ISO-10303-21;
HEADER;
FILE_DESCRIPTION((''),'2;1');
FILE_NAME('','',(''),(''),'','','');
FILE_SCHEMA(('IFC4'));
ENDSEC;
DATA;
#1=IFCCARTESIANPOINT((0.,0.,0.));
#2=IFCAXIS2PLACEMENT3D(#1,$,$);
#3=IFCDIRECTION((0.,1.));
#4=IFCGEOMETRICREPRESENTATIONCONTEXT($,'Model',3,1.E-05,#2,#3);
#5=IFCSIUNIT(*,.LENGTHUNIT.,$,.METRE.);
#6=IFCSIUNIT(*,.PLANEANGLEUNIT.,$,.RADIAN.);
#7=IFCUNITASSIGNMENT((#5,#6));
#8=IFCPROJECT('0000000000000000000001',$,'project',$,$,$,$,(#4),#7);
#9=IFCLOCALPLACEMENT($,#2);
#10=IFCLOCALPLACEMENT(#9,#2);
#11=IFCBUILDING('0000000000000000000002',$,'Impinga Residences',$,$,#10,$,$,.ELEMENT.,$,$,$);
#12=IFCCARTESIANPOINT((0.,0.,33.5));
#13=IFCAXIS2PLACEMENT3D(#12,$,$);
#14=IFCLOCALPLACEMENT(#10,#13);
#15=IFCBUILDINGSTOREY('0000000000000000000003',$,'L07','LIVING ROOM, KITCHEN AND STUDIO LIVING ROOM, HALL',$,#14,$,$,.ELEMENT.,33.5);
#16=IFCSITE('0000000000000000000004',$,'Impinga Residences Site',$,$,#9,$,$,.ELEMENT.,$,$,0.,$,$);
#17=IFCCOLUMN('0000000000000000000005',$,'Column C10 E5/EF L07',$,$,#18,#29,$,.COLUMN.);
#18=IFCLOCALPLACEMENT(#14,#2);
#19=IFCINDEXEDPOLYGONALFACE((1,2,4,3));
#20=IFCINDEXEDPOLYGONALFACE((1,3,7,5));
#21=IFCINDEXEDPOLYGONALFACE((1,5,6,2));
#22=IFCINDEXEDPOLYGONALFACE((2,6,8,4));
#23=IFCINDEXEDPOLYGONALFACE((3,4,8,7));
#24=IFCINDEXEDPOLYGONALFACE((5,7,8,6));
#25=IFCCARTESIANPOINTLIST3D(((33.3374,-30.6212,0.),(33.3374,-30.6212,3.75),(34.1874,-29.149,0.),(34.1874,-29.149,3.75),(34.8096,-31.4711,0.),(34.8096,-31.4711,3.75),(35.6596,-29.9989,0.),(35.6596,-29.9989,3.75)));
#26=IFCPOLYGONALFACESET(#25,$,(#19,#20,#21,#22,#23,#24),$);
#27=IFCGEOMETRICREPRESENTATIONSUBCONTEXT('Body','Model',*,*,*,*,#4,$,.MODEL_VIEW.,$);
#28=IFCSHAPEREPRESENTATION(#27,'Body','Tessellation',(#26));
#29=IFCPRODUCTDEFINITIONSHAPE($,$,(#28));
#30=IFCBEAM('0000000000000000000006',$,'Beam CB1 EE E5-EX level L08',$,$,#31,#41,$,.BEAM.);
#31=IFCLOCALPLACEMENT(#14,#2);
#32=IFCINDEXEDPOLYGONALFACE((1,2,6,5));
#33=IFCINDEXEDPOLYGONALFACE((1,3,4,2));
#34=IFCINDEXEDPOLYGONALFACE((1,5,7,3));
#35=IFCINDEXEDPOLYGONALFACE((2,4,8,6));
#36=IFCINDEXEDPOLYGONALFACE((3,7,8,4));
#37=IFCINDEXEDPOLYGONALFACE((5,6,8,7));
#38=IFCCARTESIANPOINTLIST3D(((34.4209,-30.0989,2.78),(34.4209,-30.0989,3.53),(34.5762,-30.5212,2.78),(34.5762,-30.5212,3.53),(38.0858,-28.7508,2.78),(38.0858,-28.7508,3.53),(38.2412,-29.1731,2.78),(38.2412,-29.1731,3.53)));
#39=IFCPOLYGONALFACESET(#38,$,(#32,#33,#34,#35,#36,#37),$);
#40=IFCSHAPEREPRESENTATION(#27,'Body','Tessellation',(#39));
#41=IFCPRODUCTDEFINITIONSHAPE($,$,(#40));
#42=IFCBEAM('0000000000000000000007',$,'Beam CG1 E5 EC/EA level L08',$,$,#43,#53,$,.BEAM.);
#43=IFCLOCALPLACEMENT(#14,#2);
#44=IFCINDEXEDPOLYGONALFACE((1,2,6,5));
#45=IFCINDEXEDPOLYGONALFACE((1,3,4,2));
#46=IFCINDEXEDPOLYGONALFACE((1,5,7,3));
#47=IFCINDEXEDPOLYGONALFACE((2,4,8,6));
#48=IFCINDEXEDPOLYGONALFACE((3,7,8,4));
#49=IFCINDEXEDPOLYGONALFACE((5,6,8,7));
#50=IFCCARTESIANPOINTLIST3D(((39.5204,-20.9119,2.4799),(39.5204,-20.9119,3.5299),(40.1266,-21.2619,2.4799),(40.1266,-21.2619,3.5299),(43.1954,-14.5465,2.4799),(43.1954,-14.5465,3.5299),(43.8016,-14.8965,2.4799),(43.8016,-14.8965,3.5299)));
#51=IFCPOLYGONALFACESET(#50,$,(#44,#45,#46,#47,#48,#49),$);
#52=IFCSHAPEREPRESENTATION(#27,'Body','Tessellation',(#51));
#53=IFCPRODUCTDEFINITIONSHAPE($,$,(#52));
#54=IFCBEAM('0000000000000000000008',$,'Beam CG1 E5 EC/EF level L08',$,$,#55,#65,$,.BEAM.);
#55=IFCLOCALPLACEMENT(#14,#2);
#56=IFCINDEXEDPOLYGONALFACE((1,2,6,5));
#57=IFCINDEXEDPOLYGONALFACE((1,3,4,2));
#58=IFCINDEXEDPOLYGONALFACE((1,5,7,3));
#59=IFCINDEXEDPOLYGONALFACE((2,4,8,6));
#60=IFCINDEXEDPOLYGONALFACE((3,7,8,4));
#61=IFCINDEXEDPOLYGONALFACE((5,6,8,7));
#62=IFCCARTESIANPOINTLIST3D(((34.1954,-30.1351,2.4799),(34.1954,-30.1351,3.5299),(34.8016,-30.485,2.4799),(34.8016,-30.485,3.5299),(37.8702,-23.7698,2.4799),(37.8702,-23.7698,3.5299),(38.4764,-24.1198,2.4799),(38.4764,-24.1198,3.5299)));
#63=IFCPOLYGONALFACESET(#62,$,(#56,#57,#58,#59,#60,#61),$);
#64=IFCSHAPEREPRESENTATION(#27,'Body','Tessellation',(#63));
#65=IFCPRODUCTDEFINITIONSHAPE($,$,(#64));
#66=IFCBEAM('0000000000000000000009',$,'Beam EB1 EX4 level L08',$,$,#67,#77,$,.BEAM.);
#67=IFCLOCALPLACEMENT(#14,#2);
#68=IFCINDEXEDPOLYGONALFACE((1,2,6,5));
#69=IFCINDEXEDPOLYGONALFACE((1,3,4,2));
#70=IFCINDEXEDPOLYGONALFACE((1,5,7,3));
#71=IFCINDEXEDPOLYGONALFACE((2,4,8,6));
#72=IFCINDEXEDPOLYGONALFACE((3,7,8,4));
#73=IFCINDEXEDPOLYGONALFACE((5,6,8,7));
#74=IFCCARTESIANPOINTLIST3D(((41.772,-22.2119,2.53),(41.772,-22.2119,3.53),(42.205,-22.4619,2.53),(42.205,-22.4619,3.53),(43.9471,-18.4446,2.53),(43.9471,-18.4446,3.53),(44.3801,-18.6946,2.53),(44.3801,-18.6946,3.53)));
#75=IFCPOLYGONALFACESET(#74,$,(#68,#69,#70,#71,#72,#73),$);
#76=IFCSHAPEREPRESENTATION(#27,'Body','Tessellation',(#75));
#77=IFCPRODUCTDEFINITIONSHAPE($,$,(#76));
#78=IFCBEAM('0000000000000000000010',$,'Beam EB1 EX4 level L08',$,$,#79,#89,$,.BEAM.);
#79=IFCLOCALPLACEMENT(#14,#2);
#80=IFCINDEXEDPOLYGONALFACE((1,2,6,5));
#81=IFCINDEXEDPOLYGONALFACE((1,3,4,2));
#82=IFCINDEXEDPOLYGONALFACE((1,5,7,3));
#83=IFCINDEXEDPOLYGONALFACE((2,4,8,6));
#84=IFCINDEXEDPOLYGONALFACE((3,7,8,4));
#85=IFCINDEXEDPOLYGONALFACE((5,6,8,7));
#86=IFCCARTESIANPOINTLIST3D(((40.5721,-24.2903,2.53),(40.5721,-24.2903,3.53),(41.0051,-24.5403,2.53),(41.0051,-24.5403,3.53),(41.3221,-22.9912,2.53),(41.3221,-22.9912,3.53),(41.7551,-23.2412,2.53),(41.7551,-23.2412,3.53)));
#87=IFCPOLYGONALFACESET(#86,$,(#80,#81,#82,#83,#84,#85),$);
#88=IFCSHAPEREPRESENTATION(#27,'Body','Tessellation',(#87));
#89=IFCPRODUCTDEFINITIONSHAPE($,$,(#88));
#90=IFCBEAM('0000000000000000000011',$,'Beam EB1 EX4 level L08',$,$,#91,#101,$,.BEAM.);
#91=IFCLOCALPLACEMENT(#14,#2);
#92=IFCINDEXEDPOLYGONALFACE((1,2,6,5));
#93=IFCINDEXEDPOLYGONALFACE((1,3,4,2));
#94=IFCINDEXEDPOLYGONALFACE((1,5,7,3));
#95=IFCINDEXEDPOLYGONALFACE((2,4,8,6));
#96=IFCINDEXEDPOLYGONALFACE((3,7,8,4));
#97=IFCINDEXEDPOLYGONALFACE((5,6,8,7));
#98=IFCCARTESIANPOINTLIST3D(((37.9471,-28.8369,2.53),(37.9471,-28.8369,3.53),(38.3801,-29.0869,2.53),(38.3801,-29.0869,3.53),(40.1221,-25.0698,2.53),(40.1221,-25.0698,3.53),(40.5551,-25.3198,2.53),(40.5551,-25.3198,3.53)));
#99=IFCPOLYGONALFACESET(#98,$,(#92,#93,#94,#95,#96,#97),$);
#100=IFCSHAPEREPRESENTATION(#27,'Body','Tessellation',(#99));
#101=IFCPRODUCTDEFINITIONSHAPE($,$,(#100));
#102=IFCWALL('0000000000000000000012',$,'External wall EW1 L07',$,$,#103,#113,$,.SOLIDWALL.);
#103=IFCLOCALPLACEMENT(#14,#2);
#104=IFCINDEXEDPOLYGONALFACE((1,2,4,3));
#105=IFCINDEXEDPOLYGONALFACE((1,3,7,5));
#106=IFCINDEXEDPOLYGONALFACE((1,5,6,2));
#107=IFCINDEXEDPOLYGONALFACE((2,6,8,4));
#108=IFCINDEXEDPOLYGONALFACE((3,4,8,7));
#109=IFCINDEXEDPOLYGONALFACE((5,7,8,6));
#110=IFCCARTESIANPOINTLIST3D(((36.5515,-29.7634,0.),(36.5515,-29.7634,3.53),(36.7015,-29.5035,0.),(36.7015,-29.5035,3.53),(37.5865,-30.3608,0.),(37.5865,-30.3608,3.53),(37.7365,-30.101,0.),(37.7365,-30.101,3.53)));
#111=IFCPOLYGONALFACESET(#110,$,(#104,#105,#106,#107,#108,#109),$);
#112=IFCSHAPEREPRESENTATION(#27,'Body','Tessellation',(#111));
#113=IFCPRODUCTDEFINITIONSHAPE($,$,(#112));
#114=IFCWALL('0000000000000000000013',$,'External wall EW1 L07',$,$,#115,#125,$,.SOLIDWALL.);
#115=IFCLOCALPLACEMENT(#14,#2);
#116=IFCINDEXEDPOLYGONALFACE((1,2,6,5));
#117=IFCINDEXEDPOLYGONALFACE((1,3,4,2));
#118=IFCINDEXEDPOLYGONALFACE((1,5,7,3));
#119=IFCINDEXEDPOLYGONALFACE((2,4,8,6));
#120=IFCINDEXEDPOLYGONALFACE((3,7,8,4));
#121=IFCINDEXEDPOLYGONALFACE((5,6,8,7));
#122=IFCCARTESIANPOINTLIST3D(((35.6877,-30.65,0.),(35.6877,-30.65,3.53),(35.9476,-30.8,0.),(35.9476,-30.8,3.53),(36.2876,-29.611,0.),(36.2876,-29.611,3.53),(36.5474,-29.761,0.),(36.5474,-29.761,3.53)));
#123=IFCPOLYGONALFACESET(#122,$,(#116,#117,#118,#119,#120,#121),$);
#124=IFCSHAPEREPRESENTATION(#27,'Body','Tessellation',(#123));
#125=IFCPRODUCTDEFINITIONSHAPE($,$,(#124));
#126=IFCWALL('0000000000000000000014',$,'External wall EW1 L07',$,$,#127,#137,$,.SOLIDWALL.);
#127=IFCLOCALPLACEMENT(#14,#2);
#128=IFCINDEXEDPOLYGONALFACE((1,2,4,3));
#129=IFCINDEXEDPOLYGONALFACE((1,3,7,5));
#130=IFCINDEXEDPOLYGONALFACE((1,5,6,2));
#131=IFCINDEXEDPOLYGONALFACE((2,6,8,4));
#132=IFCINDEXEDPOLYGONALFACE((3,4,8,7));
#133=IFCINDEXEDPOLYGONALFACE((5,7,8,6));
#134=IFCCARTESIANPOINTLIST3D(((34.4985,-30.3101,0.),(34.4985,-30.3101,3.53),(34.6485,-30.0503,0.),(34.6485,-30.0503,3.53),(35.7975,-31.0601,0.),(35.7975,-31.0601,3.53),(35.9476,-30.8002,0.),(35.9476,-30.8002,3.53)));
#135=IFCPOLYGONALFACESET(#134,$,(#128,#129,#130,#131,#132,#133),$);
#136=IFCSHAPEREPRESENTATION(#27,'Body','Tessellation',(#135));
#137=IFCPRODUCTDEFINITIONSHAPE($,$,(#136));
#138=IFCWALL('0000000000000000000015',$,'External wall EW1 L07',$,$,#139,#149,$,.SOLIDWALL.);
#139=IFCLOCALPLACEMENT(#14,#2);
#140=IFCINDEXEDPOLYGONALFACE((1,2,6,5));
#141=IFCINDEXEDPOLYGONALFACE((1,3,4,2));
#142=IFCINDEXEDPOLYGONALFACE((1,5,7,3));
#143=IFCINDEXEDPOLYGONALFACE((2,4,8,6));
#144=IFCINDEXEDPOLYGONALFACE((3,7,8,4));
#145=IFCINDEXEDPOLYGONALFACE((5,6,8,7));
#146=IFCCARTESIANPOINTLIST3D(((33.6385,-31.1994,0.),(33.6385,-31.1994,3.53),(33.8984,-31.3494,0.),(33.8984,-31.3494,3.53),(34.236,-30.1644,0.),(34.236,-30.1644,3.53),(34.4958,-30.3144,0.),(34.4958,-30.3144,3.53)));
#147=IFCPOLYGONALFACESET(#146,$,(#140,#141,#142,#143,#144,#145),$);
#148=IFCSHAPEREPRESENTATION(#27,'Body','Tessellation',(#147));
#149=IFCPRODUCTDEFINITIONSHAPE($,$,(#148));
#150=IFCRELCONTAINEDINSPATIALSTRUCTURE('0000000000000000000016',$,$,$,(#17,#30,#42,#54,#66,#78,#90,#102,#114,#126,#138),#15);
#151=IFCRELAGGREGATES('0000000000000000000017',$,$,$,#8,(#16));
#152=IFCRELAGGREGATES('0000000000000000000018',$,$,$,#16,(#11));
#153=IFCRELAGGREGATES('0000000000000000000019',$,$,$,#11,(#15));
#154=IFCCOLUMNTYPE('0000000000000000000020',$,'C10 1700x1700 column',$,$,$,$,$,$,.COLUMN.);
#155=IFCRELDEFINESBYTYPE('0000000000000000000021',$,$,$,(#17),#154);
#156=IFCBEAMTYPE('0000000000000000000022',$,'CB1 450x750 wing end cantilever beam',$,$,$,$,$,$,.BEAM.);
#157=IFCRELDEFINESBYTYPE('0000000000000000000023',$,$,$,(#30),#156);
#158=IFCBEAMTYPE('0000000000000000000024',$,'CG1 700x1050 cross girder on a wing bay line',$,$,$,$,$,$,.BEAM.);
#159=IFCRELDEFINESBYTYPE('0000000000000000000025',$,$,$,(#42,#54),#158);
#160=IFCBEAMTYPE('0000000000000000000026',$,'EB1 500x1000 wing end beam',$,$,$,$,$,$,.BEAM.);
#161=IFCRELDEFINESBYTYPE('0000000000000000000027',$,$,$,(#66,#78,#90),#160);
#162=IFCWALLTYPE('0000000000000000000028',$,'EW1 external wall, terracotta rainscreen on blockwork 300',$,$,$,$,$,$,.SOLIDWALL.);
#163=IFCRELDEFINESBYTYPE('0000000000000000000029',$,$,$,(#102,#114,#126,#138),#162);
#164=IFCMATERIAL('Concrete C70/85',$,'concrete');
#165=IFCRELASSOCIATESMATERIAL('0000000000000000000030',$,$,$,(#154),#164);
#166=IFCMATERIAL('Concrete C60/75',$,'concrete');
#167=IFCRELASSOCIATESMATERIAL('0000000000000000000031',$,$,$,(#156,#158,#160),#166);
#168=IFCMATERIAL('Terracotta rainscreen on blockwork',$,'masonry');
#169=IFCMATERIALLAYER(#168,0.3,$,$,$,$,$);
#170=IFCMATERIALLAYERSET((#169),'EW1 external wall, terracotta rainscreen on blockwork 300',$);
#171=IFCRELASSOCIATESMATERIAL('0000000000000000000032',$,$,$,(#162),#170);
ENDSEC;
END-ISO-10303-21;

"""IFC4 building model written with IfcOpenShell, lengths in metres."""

from ifc_helpers import new_model, si_unit, direction, frame, frame_2d, origin, origin_2d, place, context, subcontext, project, spatial, rectangle, extrude, material, layer, layer_set, material_profile, profile_set, type_object, element, save


model = new_model("IFC4")

# Units and contexts
model_context = context("Model", 3, precision=1e-05, world=origin(), true_north=direction((0.0, 1.0)))
body_context = subcontext(model_context, "Body", "Model", "MODEL_VIEW")
ifc_project = project(units=[si_unit("LENGTHUNIT", "METRE"), si_unit("PLANEANGLEUNIT", "RADIAN")], contexts=[model_context])

# Site, building, storey
site_placement = place(None, origin())
site = spatial("IfcSite", under=ifc_project, at=site_placement, Name="Impinga Residences Site", CompositionType="ELEMENT", RefElevation=0.0)
building_placement = place(site_placement, origin())
building = spatial("IfcBuilding", under=site, at=building_placement, Name="Impinga Residences", CompositionType="ELEMENT")
storey_placement = place(building_placement, frame((0.0, 0.0, 33.5)))
storey = spatial("IfcBuildingStorey", under=building, at=storey_placement, Name="L07", Description="LIVING ROOM, KITCHEN AND STUDIO LIVING ROOM, HALL", CompositionType="ELEMENT", Elevation=33.5)

# Column
ifc_material_1 = material(Name="Concrete C70/85", Category="concrete")
ifc_material_profile_1 = material_profile(ifc_material_1, rectangle(XDim=1.7, YDim=1.7, at=origin_2d()), Name="RC 1700x1700")
ifc_profile_set_1 = profile_set([ifc_material_profile_1], Name="Concrete C70/85")
column_type = type_object("IfcColumnType", Name="C10 1700x1700 column", PredefinedType="COLUMN", material=ifc_profile_set_1)
column_placement = place(storey_placement, frame((34.4985, -30.3101, 0.0), z_axis=(0.0, 0.0, 1.0), x_axis=(-0.5, -0.866025, 0.0)))
element("IfcColumn", 1, at=column_placement, inside=storey, type_object=column_type, Name="Column C10 E5/EF L07", PredefinedType="COLUMN", context=body_context, shape_type="SweptSolid", body=[
    extrude(rectangle(XDim=1.7, YDim=1.7, at=origin_2d()), origin(), (0.0, 0.0, 1.0), 3.75),
])

# Beams
ifc_material_2 = material(Name="Concrete C60/75", Category="concrete")
ifc_material_profile_2 = material_profile(ifc_material_2, rectangle(XDim=0.45, YDim=0.75, at=origin_2d()), Name="RC 450x750")
ifc_profile_set_2 = profile_set([ifc_material_profile_2], Name="Concrete C60/75")
beam_type_1 = type_object("IfcBeamType", Name="CB1 450x750 wing end cantilever beam", PredefinedType="BEAM", material=ifc_profile_set_2)
beam_1_placement = place(storey_placement, frame((34.4985, -30.3101, 3.155), z_axis=(0.93852, 0.345224, 0.0), x_axis=(-0.345224, 0.93852, 0.0)))
element("IfcBeam", 2, at=beam_1_placement, inside=storey, type_object=beam_type_1, Name="Beam CB1 EE E5-EX level L08", PredefinedType="BEAM", context=body_context, shape_type="SweptSolid", body=[
    extrude(rectangle(XDim=0.45, YDim=0.75, at=origin_2d()), origin(), (0.0, 0.0, 1.0), 3.905),
])
ifc_material_profile_3 = material_profile(ifc_material_2, rectangle(XDim=0.7, YDim=1.05, at=origin_2d()), Name="RC 700x1050")
ifc_profile_set_3 = profile_set([ifc_material_profile_3], Name="Concrete C60/75")
beam_type_2 = type_object("IfcBeamType", Name="CG1 700x1050 cross girder on a wing bay line", PredefinedType="BEAM", material=ifc_profile_set_3)
beam_2_placement = place(storey_placement, frame((39.8235, -21.0869, 3.0049), z_axis=(0.499994, 0.866029, 0.0), x_axis=(-0.866029, 0.499994, 0.0)))
element("IfcBeam", 3, at=beam_2_placement, inside=storey, type_object=beam_type_2, Name="Beam CG1 E5 EC/EA level L08", PredefinedType="BEAM", context=body_context, shape_type="SweptSolid", body=[
    extrude(rectangle(XDim=0.7, YDim=1.05, at=origin_2d()), origin(), (0.0, 0.0, 1.0), 7.3501),
])
beam_3_placement = place(storey_placement, frame((38.1733, -23.9448, 3.0049), z_axis=(-0.499983, -0.866035, 0.0), x_axis=(0.866035, -0.499983, 0.0)))
element("IfcBeam", 4, at=beam_3_placement, inside=storey, type_object=beam_type_2, Name="Beam CG1 E5 EC/EF level L08", PredefinedType="BEAM", context=body_context, shape_type="SweptSolid", body=[
    extrude(rectangle(XDim=0.7, YDim=1.05, at=origin_2d()), origin(), (0.0, 0.0, 1.0), 7.3499),
])
ifc_material_profile_4 = material_profile(ifc_material_2, rectangle(XDim=0.5, YDim=1.0, at=origin_2d()), Name="RC 500x1000")
ifc_profile_set_4 = profile_set([ifc_material_profile_4], Name="Concrete C60/75")
beam_type_3 = type_object("IfcBeamType", Name="EB1 500x1000 wing end beam", PredefinedType="BEAM", material=ifc_profile_set_4)
beam_4_placement = place(storey_placement, frame((44.1636, -18.5696, 3.03), z_axis=(-0.499996, -0.866028, 0.0), x_axis=(0.866028, -0.499996, 0.0)))
element("IfcBeam", 5, at=beam_4_placement, inside=storey, type_object=beam_type_3, Name="Beam EB1 EX4 level L08", PredefinedType="BEAM", context=body_context, shape_type="SweptSolid", body=[
    extrude(rectangle(XDim=0.5, YDim=1.0, at=origin_2d()), origin(), (0.0, 0.0, 1.0), 4.3501),
])
beam_5_placement = place(storey_placement, frame((41.5386, -23.1162, 3.03), z_axis=(-0.49999, -0.866031, 0.0), x_axis=(0.866031, -0.49999, 0.0)))
element("IfcBeam", 6, at=beam_5_placement, inside=storey, type_object=beam_type_3, Name="Beam EB1 EX4 level L08", PredefinedType="BEAM", context=body_context, shape_type="SweptSolid", body=[
    extrude(rectangle(XDim=0.5, YDim=1.0, at=origin_2d()), origin(), (0.0, 0.0, 1.0), 1.5),
])
beam_6_placement = place(storey_placement, frame((40.3386, -25.1948, 3.03), z_axis=(-0.50002, -0.866014, 0.0), x_axis=(0.866014, -0.50002, 0.0)))
element("IfcBeam", 7, at=beam_6_placement, inside=storey, type_object=beam_type_3, Name="Beam EB1 EX4 level L08", PredefinedType="BEAM", context=body_context, shape_type="SweptSolid", body=[
    extrude(rectangle(XDim=0.5, YDim=1.0, at=origin_2d()), origin(), (0.0, 0.0, 1.0), 4.3499),
])

# Walls
ifc_material_3 = material(Name="Terracotta rainscreen on blockwork", Category="masonry")
ifc_layer_1 = layer(ifc_material_3, 0.3)
ifc_layer_set_1 = layer_set([ifc_layer_1], Name="EW1 external wall, terracotta rainscreen on blockwork 300")
wall_type_1 = type_object("IfcWallType", Name="EW1 external wall, terracotta rainscreen on blockwork 300", PredefinedType="SOLIDWALL", material=ifc_layer_set_1)
wall_1_placement = place(storey_placement, frame((37.6616, -30.231, 0.0), z_axis=(0.0, 0.0, 1.0), x_axis=(-0.86606, 0.499941, 0.0)))
element("IfcWall", 8, at=wall_1_placement, inside=storey, type_object=wall_type_1, Name="External wall EW1 L07", PredefinedType="SOLIDWALL", context=body_context, shape_type="SweptSolid", body=[
    extrude(rectangle(XDim=1.1951, YDim=0.3, at=frame_2d((0.5977, 0.0))), origin(), (0.0, 0.0, 1.0), 3.53),
])
wall_2_placement = place(storey_placement, frame((36.4175, -29.686, 0.0), z_axis=(0.0, 0.0, 1.0), x_axis=(-0.499969, -0.866043, 0.0)))
element("IfcWall", 9, at=wall_2_placement, inside=storey, type_object=wall_type_1, Name="External wall EW1 L07", PredefinedType="SOLIDWALL", context=body_context, shape_type="SweptSolid", body=[
    extrude(rectangle(XDim=1.1997, YDim=0.3, at=frame_2d((0.5999, 0.0))), origin(), (0.0, 0.0, 1.0), 3.53),
])
wall_3_placement = place(storey_placement, frame((35.8726, -30.9302, 0.0), z_axis=(0.0, 0.0, 1.0), x_axis=(-0.866031, 0.49999, 0.0)))
element("IfcWall", 10, at=wall_3_placement, inside=storey, type_object=wall_type_1, Name="External wall EW1 L07", PredefinedType="SOLIDWALL", context=body_context, shape_type="SweptSolid", body=[
    extrude(rectangle(XDim=1.5, YDim=0.3, at=frame_2d((0.75, 0.0))), origin(), (0.0, 0.0, 1.0), 3.53),
])
wall_4_placement = place(storey_placement, frame((34.366, -30.2393, 0.0), z_axis=(0.0, 0.0, 1.0), x_axis=(-0.499941, -0.86606, 0.0)))
element("IfcWall", 11, at=wall_4_placement, inside=storey, type_object=wall_type_1, Name="External wall EW1 L07", PredefinedType="SOLIDWALL", context=body_context, shape_type="SweptSolid", body=[
    extrude(rectangle(XDim=1.1951, YDim=0.3, at=frame_2d((0.5977, 0.0))), origin(), (0.0, 0.0, 1.0), 3.53),
])

save(model, "model.ifc")
